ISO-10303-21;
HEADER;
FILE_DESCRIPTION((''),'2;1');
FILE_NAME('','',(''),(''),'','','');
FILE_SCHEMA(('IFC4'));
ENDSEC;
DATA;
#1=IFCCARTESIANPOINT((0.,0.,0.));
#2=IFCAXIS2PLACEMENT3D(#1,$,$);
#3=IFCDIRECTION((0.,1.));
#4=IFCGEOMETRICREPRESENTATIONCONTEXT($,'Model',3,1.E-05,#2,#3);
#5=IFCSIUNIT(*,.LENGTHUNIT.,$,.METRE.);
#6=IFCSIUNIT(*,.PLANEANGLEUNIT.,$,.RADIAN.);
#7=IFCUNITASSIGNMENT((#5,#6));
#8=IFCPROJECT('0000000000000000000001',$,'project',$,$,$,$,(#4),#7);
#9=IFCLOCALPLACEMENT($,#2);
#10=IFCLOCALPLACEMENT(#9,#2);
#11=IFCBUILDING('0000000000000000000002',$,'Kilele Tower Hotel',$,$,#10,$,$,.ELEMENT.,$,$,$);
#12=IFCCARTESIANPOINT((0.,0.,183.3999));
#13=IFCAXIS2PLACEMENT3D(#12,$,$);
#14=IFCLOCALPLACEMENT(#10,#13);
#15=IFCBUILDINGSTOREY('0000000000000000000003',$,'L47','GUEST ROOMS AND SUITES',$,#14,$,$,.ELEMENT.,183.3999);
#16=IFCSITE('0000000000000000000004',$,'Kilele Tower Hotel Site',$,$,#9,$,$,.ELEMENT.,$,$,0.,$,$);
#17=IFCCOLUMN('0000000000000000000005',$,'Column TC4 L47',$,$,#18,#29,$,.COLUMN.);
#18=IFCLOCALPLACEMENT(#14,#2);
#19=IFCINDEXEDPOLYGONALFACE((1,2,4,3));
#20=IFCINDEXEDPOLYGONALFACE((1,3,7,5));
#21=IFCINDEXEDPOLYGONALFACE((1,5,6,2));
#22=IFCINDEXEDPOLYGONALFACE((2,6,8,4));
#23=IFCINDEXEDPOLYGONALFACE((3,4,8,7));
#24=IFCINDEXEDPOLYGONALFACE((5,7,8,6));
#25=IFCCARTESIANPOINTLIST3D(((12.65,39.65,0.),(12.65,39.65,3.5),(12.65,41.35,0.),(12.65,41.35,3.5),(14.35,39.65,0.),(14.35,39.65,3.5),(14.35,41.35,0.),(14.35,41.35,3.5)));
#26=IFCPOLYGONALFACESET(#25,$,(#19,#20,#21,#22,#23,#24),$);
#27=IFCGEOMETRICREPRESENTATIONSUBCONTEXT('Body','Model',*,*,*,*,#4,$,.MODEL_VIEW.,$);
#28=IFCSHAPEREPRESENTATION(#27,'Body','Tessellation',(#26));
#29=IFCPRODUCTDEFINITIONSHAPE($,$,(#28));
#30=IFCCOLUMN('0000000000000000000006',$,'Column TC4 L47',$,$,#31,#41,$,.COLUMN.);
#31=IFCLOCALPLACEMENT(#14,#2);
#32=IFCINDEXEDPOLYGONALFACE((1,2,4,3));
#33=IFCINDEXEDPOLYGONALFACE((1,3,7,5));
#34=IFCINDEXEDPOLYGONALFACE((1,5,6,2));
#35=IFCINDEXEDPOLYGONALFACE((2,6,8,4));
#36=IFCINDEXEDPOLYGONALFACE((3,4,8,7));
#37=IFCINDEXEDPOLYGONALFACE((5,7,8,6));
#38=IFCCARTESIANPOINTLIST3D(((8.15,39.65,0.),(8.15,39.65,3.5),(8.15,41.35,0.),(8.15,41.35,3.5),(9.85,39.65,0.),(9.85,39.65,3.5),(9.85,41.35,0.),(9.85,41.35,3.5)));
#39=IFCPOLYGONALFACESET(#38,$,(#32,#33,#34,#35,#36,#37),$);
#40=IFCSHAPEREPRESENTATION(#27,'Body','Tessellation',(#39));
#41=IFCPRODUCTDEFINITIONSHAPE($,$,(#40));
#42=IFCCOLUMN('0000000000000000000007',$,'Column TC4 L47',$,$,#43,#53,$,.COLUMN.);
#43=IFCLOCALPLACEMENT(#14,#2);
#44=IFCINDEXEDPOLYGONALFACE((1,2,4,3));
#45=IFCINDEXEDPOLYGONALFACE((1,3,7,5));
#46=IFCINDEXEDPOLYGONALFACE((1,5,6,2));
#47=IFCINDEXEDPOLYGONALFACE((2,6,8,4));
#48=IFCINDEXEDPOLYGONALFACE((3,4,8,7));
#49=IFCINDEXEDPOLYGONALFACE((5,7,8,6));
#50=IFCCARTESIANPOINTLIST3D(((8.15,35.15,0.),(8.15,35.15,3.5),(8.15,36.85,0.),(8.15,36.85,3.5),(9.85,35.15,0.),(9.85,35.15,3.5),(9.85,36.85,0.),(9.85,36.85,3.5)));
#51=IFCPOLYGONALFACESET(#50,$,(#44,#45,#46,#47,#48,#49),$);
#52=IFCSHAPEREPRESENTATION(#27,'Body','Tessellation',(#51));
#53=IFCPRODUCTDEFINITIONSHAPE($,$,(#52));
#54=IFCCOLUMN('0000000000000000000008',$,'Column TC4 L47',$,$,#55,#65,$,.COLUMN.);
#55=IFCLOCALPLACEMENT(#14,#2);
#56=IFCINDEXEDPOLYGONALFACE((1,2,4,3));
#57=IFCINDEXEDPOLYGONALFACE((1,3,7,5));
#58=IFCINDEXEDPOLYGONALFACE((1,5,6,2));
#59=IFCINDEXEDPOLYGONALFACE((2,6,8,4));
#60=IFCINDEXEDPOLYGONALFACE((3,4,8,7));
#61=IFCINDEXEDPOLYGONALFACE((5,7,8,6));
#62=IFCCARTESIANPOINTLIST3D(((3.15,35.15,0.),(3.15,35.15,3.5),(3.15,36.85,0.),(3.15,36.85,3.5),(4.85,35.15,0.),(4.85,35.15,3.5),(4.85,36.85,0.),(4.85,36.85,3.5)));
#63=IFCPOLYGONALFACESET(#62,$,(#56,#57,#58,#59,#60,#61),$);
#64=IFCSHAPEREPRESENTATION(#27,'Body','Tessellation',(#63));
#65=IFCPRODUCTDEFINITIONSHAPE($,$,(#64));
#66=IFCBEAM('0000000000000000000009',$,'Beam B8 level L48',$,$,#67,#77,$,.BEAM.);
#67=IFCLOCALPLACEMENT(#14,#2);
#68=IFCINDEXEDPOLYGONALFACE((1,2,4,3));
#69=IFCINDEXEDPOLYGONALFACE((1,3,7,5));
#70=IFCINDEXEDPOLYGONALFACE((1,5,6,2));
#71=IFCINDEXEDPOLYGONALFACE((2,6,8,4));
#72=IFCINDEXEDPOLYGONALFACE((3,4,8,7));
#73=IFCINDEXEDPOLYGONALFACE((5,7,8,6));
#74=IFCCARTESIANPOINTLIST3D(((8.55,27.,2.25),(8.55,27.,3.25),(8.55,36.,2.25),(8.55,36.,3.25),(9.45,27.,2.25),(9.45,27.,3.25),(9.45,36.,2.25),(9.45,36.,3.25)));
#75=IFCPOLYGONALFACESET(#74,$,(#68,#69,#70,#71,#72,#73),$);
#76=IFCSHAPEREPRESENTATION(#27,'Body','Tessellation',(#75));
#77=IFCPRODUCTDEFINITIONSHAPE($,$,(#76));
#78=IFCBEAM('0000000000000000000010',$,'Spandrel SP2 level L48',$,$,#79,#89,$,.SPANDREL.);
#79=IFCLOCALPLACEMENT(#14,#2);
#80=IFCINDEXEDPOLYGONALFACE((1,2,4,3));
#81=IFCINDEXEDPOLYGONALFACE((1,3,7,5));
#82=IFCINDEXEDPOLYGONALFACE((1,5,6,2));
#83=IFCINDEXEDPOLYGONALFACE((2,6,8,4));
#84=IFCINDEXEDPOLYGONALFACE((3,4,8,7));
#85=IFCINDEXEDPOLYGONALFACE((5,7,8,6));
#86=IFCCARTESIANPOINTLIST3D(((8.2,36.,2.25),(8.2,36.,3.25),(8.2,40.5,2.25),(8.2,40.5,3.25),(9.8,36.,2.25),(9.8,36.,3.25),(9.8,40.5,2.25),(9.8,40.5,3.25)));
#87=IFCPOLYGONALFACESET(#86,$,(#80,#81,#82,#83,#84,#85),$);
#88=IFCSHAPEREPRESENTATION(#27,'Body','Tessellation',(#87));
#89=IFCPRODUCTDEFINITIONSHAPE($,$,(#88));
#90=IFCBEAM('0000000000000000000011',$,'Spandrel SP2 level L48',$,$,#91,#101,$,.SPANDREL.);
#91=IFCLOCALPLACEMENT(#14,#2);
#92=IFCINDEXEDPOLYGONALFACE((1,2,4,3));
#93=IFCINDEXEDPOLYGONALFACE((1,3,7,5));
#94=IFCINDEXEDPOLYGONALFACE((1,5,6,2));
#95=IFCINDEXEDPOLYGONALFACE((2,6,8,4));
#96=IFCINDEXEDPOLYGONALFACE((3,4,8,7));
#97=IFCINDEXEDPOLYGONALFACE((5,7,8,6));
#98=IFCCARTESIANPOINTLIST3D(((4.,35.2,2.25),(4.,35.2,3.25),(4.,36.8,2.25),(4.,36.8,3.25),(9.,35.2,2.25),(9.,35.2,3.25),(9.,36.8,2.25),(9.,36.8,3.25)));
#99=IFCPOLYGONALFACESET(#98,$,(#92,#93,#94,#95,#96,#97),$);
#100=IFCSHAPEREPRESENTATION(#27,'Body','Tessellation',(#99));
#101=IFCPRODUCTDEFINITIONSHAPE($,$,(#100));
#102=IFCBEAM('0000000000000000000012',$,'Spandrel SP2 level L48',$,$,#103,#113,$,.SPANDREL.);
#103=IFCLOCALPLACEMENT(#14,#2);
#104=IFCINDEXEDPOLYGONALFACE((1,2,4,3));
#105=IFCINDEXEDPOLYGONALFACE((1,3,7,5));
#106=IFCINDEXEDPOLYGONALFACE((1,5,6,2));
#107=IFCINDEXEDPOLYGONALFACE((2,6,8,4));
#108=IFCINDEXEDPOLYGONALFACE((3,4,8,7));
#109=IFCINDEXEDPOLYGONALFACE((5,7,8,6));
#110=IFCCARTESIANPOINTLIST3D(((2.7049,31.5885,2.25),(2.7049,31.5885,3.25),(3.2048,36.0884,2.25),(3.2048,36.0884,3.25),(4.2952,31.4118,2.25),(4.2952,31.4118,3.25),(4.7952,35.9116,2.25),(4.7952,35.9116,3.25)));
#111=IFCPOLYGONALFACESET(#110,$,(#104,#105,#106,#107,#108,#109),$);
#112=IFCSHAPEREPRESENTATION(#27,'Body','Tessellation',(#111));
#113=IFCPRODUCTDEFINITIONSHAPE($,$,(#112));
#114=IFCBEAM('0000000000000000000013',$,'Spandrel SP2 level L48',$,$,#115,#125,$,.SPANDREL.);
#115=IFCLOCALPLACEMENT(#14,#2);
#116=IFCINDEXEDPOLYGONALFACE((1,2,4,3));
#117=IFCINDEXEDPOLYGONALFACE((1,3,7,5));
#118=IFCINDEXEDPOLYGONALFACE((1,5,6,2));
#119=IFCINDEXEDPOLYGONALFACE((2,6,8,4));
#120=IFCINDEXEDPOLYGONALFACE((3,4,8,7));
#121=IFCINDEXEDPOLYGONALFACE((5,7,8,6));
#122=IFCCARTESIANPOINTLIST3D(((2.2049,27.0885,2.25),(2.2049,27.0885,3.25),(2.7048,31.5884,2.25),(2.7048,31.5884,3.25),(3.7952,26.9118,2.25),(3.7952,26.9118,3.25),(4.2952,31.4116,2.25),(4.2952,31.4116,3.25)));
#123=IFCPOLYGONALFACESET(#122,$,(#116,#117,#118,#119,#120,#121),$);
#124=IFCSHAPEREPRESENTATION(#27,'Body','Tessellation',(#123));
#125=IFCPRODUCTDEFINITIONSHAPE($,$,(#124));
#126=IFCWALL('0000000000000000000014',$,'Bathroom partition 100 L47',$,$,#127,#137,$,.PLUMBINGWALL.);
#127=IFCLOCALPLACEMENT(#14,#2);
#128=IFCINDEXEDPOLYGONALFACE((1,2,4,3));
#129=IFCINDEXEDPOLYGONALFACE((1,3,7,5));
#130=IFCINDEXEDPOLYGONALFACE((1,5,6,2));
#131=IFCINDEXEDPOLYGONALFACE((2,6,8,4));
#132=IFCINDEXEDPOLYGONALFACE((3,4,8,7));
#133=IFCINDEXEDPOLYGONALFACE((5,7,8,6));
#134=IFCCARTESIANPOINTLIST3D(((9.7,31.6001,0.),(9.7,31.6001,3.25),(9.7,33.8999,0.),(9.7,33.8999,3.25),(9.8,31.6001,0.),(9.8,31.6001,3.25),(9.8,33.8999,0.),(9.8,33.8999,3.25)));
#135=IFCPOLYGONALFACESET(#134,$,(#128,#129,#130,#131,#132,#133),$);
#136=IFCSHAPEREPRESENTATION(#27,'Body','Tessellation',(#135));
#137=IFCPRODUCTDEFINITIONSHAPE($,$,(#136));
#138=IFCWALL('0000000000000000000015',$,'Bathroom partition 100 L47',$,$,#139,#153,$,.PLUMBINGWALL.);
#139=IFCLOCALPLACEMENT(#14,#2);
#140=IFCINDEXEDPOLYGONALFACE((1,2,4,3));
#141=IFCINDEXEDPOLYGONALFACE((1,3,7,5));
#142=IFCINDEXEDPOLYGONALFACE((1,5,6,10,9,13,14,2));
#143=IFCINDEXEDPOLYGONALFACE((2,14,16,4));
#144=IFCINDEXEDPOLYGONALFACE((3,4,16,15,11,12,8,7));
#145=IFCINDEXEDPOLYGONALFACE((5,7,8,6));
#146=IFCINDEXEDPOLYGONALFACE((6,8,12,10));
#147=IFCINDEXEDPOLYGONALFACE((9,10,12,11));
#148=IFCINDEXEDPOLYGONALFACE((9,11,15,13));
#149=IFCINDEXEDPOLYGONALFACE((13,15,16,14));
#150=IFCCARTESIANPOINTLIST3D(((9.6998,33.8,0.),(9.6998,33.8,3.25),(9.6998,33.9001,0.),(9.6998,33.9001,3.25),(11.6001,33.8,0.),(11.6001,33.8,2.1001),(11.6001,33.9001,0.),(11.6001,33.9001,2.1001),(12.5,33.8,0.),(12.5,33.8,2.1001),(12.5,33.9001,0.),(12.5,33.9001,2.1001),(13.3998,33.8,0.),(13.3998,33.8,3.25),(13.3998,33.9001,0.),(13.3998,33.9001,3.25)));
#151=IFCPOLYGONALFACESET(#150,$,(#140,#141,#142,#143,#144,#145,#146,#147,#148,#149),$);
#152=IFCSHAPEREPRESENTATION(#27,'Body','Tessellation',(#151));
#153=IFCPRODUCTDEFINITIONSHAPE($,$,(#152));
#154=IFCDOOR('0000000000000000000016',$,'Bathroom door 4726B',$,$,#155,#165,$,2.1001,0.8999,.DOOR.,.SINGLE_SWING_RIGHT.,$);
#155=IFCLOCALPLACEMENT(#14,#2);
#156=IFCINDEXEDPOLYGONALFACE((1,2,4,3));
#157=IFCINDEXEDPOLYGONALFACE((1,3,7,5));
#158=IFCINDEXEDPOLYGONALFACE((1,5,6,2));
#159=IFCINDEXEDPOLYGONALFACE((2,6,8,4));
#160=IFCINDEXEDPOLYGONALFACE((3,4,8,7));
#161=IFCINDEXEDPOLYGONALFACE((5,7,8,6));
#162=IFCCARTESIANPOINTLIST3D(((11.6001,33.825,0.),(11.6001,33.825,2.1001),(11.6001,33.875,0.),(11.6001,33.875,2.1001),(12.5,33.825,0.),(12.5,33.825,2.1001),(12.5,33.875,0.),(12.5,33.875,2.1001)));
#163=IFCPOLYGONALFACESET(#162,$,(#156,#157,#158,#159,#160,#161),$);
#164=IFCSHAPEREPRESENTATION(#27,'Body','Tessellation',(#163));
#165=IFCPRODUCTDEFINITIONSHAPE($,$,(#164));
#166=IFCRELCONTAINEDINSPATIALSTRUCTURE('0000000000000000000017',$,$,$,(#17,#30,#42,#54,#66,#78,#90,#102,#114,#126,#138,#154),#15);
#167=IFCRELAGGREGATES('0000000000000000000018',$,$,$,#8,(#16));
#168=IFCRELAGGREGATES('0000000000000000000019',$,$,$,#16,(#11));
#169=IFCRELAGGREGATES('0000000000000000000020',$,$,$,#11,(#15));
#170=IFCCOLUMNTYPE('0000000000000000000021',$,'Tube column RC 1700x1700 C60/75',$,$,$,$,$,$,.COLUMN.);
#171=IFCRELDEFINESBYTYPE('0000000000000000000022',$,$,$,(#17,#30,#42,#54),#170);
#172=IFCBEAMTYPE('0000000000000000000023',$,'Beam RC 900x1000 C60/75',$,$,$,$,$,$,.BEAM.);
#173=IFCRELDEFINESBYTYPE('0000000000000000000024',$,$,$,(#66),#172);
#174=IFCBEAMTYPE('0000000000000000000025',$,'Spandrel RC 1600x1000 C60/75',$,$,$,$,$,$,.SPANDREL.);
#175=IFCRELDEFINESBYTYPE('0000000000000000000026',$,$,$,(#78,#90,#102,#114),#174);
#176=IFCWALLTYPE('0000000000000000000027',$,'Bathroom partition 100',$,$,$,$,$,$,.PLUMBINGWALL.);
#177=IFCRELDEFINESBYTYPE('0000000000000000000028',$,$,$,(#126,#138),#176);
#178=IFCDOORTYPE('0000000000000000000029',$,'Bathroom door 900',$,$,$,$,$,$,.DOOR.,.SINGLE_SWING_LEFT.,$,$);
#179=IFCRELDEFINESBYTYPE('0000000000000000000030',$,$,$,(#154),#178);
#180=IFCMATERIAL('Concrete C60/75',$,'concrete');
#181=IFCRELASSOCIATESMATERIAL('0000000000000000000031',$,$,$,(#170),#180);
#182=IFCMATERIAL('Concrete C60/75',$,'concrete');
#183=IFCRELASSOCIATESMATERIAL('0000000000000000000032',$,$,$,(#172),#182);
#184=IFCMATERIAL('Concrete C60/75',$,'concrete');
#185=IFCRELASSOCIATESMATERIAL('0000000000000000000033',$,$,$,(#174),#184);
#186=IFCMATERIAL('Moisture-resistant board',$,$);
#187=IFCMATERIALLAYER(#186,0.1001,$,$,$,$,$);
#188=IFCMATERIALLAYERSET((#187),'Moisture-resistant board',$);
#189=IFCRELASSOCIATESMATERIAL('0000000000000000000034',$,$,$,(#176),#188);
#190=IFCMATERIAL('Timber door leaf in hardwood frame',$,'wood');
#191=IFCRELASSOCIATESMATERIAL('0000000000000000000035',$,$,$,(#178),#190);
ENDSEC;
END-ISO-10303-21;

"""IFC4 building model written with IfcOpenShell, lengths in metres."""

from ifc_helpers import new_model, si_unit, direction, frame, frame_2d, origin, origin_2d, place, context, subcontext, project, spatial, rectangle, extrude, material, layer, layer_set, material_profile, profile_set, type_object, element, fill, save


model = new_model("IFC4")

# Units and contexts
model_context = context("Model", 3, precision=1e-05, world=origin(), true_north=direction((0.0, 1.0)))
body_context = subcontext(model_context, "Body", "Model", "MODEL_VIEW")
ifc_project = project(units=[si_unit("LENGTHUNIT", "METRE"), si_unit("PLANEANGLEUNIT", "RADIAN")], contexts=[model_context])

# Site, building, storey
site_placement = place(None, origin())
site = spatial("IfcSite", under=ifc_project, at=site_placement, Name="Kilele Tower Hotel Site", CompositionType="ELEMENT", RefElevation=0.0)
building_placement = place(site_placement, origin())
building = spatial("IfcBuilding", under=site, at=building_placement, Name="Kilele Tower Hotel", CompositionType="ELEMENT")
storey_placement = place(building_placement, frame((0.0, 0.0, 183.3999)))
storey = spatial("IfcBuildingStorey", under=building, at=storey_placement, Name="L47", Description="GUEST ROOMS AND SUITES", CompositionType="ELEMENT", Elevation=183.3999)

# Columns
ifc_material_1 = material(Name="Concrete C60/75", Category="concrete")
ifc_material_profile_1 = material_profile(ifc_material_1, rectangle(XDim=1.7, YDim=1.7, at=origin_2d()))
ifc_profile_set_1 = profile_set([ifc_material_profile_1], Name="Concrete C60/75")
column_type = type_object("IfcColumnType", Name="Tube column RC 1700x1700 C60/75", PredefinedType="COLUMN", material=ifc_profile_set_1)
for number, where, z_axis, x_axis, name in (
    (1, (13.5, 40.5, 0.0), (0.0, 0.0, 1.0), (1.0, 0.0, 0.0), "Column TC4 L47"),
    (2, (9.0, 40.5, 0.0), (0.0, 0.0, 1.0), (1.0, 0.0, 0.0), "Column TC4 L47"),
    (3, (9.0, 36.0, 0.0), (0.0, 0.0, 1.0), (1.0, 0.0, 0.0), "Column TC4 L47"),
    (4, (4.0, 36.0, 0.0), (0.0, 0.0, 1.0), (1.0, 0.0, 0.0), "Column TC4 L47"),
):
    element("IfcColumn", number, at=place(storey_placement, frame(where, z_axis=z_axis, x_axis=x_axis)), inside=storey, type_object=column_type, Name=name, PredefinedType="COLUMN", context=body_context, shape_type="SweptSolid", body=[
        extrude(rectangle(XDim=1.7, YDim=1.7, at=origin_2d()), origin(), (0.0, 0.0, 1.0), 3.5),
    ])

# Beams
ifc_material_2 = material(Name="Concrete C60/75", Category="concrete")
ifc_material_profile_2 = material_profile(ifc_material_2, rectangle(XDim=0.8999, YDim=1.0, at=origin_2d()))
ifc_profile_set_2 = profile_set([ifc_material_profile_2], Name="Concrete C60/75")
beam_type_1 = type_object("IfcBeamType", Name="Beam RC 900x1000 C60/75", PredefinedType="BEAM", material=ifc_profile_set_2)
beam_1_placement = place(storey_placement, frame((9.0, 36.0, 2.75), z_axis=(0.0, -1.0, 0.0), x_axis=(1.0, 0.0, 0.0)))
element("IfcBeam", 5, at=beam_1_placement, inside=storey, type_object=beam_type_1, Name="Beam B8 level L48", PredefinedType="BEAM", context=body_context, shape_type="SweptSolid", body=[
    extrude(rectangle(XDim=0.8999, YDim=1.0, at=origin_2d()), origin(), (0.0, 0.0, 1.0), 9.0),
])
ifc_material_3 = material(Name="Concrete C60/75", Category="concrete")
ifc_material_profile_3 = material_profile(ifc_material_3, rectangle(XDim=1.6001, YDim=1.0, at=origin_2d()))
ifc_profile_set_3 = profile_set([ifc_material_profile_3], Name="Concrete C60/75")
beam_type_2 = type_object("IfcBeamType", Name="Spandrel RC 1600x1000 C60/75", PredefinedType="SPANDREL", material=ifc_profile_set_3)
beam_2_placement = place(storey_placement, frame((9.0, 40.5, 2.75), z_axis=(0.0, -1.0, 0.0), x_axis=(1.0, 0.0, 0.0)))
element("IfcBeam", 6, at=beam_2_placement, inside=storey, type_object=beam_type_2, Name="Spandrel SP2 level L48", PredefinedType="SPANDREL", context=body_context, shape_type="SweptSolid", body=[
    extrude(rectangle(XDim=1.6001, YDim=1.0, at=origin_2d()), origin(), (0.0, 0.0, 1.0), 4.5),
])
beam_3_placement = place(storey_placement, frame((9.0, 36.0, 2.75), z_axis=(-1.0, 0.0, 0.0), x_axis=(0.0, -1.0, 0.0)))
element("IfcBeam", 7, at=beam_3_placement, inside=storey, type_object=beam_type_2, Name="Spandrel SP2 level L48", PredefinedType="SPANDREL", context=body_context, shape_type="SweptSolid", body=[
    extrude(rectangle(XDim=1.6001, YDim=1.0, at=origin_2d()), origin(), (0.0, 0.0, 1.0), 5.0),
])
for number, where, z_axis, x_axis, name in (
    (8, (4.0, 36.0, 2.75), (-0.110432, -0.993884, 0.0), (0.993884, -0.110432, 0.0), "Spandrel SP2 level L48"),
    (9, (3.5, 31.5, 2.75), (-0.110432, -0.993884, 0.0), (0.993884, -0.110432, 0.0), "Spandrel SP2 level L48"),
):
    element("IfcBeam", number, at=place(storey_placement, frame(where, z_axis=z_axis, x_axis=x_axis)), inside=storey, type_object=beam_type_2, Name=name, PredefinedType="SPANDREL", context=body_context, shape_type="SweptSolid", body=[
        extrude(rectangle(XDim=1.6001, YDim=1.0, at=origin_2d()), origin(), (0.0, 0.0, 1.0), 4.5276),
    ])

# Wall
ifc_material_4 = material(Name="Moisture-resistant board")
ifc_layer_1 = layer(ifc_material_4, 0.1001)
ifc_layer_set_1 = layer_set([ifc_layer_1], Name="Moisture-resistant board")
wall_type_1 = type_object("IfcWallType", Name="Bathroom partition 100", PredefinedType="PLUMBINGWALL", material=ifc_layer_set_1)
wall_1_placement = place(storey_placement, frame((9.75, 31.6001, 0.0), z_axis=(0.0, 0.0, 1.0), x_axis=(0.0, 1.0, 0.0)))
element("IfcWall", 10, at=wall_1_placement, inside=storey, type_object=wall_type_1, Name="Bathroom partition 100 L47", PredefinedType="PLUMBINGWALL", context=body_context, shape_type="SweptSolid", body=[
    extrude(rectangle(XDim=2.2998, YDim=0.1001, at=frame_2d((1.1499, 0.0))), origin(), (0.0, 0.0, 1.0), 3.25),
])

# Wall, opening, door
wall_2_placement = place(storey_placement, frame((13.3999, 33.8501, 0.0), z_axis=(0.0, 0.0, 1.0), x_axis=(-1.0, 0.0, 0.0)))
wall_2 = element("IfcWall", 11, at=wall_2_placement, inside=storey, type_object=wall_type_1, Name="Bathroom partition 100 L47", PredefinedType="PLUMBINGWALL", context=body_context, shape_type="SweptSolid", body=[
    extrude(rectangle(XDim=3.7, YDim=0.1001, at=frame_2d((1.8501, 0.0))), origin(), (0.0, 0.0, 1.0), 3.25),
])
opening_1_placement = place(wall_2_placement, frame((1.7998, 0.0, 0.0), z_axis=(0.0, 0.0, 1.0), x_axis=(-1.0, 0.0, 0.0)))
opening_1 = element("IfcOpeningElement", 12, at=opening_1_placement, cuts=wall_2, PredefinedType="OPENING", context=body_context, shape_type="SweptSolid", body=[
    extrude(rectangle(XDim=0.8999, YDim=2.1001, at=frame_2d((0.45, 1.05))), frame((0.0, 0.0601, 0.0), z_axis=(0.0, -1.0, 0.0), x_axis=(1.0, 0.0, 0.0)), (0.0, 0.0, 1.0), 0.1201),
])
ifc_material_5 = material(Name="Timber door leaf in hardwood frame", Category="wood")
door_type_1 = type_object("IfcDoorType", Name="Bathroom door 900", OperationType="SINGLE_SWING_LEFT", PredefinedType="DOOR", material=ifc_material_5)
door_1_placement = place(opening_1_placement, origin())
door_1 = element("IfcDoor", 13, at=door_1_placement, inside=storey, type_object=door_type_1, Name="Bathroom door 4726B", OperationType="SINGLE_SWING_RIGHT", OverallHeight=2.1001, OverallWidth=0.8999, PredefinedType="DOOR", context=body_context, shape_type="SweptSolid", body=[
    extrude(rectangle(XDim=0.8999, YDim=2.1001, at=frame_2d((0.45, 1.05))), frame((0.0, 0.0249, 0.0), z_axis=(0.0, -1.0, 0.0), x_axis=(1.0, 0.0, 0.0)), (0.0, 0.0, 1.0), 0.05),
])
fill(opening_1, door_1)

save(model, "model.ifc")
